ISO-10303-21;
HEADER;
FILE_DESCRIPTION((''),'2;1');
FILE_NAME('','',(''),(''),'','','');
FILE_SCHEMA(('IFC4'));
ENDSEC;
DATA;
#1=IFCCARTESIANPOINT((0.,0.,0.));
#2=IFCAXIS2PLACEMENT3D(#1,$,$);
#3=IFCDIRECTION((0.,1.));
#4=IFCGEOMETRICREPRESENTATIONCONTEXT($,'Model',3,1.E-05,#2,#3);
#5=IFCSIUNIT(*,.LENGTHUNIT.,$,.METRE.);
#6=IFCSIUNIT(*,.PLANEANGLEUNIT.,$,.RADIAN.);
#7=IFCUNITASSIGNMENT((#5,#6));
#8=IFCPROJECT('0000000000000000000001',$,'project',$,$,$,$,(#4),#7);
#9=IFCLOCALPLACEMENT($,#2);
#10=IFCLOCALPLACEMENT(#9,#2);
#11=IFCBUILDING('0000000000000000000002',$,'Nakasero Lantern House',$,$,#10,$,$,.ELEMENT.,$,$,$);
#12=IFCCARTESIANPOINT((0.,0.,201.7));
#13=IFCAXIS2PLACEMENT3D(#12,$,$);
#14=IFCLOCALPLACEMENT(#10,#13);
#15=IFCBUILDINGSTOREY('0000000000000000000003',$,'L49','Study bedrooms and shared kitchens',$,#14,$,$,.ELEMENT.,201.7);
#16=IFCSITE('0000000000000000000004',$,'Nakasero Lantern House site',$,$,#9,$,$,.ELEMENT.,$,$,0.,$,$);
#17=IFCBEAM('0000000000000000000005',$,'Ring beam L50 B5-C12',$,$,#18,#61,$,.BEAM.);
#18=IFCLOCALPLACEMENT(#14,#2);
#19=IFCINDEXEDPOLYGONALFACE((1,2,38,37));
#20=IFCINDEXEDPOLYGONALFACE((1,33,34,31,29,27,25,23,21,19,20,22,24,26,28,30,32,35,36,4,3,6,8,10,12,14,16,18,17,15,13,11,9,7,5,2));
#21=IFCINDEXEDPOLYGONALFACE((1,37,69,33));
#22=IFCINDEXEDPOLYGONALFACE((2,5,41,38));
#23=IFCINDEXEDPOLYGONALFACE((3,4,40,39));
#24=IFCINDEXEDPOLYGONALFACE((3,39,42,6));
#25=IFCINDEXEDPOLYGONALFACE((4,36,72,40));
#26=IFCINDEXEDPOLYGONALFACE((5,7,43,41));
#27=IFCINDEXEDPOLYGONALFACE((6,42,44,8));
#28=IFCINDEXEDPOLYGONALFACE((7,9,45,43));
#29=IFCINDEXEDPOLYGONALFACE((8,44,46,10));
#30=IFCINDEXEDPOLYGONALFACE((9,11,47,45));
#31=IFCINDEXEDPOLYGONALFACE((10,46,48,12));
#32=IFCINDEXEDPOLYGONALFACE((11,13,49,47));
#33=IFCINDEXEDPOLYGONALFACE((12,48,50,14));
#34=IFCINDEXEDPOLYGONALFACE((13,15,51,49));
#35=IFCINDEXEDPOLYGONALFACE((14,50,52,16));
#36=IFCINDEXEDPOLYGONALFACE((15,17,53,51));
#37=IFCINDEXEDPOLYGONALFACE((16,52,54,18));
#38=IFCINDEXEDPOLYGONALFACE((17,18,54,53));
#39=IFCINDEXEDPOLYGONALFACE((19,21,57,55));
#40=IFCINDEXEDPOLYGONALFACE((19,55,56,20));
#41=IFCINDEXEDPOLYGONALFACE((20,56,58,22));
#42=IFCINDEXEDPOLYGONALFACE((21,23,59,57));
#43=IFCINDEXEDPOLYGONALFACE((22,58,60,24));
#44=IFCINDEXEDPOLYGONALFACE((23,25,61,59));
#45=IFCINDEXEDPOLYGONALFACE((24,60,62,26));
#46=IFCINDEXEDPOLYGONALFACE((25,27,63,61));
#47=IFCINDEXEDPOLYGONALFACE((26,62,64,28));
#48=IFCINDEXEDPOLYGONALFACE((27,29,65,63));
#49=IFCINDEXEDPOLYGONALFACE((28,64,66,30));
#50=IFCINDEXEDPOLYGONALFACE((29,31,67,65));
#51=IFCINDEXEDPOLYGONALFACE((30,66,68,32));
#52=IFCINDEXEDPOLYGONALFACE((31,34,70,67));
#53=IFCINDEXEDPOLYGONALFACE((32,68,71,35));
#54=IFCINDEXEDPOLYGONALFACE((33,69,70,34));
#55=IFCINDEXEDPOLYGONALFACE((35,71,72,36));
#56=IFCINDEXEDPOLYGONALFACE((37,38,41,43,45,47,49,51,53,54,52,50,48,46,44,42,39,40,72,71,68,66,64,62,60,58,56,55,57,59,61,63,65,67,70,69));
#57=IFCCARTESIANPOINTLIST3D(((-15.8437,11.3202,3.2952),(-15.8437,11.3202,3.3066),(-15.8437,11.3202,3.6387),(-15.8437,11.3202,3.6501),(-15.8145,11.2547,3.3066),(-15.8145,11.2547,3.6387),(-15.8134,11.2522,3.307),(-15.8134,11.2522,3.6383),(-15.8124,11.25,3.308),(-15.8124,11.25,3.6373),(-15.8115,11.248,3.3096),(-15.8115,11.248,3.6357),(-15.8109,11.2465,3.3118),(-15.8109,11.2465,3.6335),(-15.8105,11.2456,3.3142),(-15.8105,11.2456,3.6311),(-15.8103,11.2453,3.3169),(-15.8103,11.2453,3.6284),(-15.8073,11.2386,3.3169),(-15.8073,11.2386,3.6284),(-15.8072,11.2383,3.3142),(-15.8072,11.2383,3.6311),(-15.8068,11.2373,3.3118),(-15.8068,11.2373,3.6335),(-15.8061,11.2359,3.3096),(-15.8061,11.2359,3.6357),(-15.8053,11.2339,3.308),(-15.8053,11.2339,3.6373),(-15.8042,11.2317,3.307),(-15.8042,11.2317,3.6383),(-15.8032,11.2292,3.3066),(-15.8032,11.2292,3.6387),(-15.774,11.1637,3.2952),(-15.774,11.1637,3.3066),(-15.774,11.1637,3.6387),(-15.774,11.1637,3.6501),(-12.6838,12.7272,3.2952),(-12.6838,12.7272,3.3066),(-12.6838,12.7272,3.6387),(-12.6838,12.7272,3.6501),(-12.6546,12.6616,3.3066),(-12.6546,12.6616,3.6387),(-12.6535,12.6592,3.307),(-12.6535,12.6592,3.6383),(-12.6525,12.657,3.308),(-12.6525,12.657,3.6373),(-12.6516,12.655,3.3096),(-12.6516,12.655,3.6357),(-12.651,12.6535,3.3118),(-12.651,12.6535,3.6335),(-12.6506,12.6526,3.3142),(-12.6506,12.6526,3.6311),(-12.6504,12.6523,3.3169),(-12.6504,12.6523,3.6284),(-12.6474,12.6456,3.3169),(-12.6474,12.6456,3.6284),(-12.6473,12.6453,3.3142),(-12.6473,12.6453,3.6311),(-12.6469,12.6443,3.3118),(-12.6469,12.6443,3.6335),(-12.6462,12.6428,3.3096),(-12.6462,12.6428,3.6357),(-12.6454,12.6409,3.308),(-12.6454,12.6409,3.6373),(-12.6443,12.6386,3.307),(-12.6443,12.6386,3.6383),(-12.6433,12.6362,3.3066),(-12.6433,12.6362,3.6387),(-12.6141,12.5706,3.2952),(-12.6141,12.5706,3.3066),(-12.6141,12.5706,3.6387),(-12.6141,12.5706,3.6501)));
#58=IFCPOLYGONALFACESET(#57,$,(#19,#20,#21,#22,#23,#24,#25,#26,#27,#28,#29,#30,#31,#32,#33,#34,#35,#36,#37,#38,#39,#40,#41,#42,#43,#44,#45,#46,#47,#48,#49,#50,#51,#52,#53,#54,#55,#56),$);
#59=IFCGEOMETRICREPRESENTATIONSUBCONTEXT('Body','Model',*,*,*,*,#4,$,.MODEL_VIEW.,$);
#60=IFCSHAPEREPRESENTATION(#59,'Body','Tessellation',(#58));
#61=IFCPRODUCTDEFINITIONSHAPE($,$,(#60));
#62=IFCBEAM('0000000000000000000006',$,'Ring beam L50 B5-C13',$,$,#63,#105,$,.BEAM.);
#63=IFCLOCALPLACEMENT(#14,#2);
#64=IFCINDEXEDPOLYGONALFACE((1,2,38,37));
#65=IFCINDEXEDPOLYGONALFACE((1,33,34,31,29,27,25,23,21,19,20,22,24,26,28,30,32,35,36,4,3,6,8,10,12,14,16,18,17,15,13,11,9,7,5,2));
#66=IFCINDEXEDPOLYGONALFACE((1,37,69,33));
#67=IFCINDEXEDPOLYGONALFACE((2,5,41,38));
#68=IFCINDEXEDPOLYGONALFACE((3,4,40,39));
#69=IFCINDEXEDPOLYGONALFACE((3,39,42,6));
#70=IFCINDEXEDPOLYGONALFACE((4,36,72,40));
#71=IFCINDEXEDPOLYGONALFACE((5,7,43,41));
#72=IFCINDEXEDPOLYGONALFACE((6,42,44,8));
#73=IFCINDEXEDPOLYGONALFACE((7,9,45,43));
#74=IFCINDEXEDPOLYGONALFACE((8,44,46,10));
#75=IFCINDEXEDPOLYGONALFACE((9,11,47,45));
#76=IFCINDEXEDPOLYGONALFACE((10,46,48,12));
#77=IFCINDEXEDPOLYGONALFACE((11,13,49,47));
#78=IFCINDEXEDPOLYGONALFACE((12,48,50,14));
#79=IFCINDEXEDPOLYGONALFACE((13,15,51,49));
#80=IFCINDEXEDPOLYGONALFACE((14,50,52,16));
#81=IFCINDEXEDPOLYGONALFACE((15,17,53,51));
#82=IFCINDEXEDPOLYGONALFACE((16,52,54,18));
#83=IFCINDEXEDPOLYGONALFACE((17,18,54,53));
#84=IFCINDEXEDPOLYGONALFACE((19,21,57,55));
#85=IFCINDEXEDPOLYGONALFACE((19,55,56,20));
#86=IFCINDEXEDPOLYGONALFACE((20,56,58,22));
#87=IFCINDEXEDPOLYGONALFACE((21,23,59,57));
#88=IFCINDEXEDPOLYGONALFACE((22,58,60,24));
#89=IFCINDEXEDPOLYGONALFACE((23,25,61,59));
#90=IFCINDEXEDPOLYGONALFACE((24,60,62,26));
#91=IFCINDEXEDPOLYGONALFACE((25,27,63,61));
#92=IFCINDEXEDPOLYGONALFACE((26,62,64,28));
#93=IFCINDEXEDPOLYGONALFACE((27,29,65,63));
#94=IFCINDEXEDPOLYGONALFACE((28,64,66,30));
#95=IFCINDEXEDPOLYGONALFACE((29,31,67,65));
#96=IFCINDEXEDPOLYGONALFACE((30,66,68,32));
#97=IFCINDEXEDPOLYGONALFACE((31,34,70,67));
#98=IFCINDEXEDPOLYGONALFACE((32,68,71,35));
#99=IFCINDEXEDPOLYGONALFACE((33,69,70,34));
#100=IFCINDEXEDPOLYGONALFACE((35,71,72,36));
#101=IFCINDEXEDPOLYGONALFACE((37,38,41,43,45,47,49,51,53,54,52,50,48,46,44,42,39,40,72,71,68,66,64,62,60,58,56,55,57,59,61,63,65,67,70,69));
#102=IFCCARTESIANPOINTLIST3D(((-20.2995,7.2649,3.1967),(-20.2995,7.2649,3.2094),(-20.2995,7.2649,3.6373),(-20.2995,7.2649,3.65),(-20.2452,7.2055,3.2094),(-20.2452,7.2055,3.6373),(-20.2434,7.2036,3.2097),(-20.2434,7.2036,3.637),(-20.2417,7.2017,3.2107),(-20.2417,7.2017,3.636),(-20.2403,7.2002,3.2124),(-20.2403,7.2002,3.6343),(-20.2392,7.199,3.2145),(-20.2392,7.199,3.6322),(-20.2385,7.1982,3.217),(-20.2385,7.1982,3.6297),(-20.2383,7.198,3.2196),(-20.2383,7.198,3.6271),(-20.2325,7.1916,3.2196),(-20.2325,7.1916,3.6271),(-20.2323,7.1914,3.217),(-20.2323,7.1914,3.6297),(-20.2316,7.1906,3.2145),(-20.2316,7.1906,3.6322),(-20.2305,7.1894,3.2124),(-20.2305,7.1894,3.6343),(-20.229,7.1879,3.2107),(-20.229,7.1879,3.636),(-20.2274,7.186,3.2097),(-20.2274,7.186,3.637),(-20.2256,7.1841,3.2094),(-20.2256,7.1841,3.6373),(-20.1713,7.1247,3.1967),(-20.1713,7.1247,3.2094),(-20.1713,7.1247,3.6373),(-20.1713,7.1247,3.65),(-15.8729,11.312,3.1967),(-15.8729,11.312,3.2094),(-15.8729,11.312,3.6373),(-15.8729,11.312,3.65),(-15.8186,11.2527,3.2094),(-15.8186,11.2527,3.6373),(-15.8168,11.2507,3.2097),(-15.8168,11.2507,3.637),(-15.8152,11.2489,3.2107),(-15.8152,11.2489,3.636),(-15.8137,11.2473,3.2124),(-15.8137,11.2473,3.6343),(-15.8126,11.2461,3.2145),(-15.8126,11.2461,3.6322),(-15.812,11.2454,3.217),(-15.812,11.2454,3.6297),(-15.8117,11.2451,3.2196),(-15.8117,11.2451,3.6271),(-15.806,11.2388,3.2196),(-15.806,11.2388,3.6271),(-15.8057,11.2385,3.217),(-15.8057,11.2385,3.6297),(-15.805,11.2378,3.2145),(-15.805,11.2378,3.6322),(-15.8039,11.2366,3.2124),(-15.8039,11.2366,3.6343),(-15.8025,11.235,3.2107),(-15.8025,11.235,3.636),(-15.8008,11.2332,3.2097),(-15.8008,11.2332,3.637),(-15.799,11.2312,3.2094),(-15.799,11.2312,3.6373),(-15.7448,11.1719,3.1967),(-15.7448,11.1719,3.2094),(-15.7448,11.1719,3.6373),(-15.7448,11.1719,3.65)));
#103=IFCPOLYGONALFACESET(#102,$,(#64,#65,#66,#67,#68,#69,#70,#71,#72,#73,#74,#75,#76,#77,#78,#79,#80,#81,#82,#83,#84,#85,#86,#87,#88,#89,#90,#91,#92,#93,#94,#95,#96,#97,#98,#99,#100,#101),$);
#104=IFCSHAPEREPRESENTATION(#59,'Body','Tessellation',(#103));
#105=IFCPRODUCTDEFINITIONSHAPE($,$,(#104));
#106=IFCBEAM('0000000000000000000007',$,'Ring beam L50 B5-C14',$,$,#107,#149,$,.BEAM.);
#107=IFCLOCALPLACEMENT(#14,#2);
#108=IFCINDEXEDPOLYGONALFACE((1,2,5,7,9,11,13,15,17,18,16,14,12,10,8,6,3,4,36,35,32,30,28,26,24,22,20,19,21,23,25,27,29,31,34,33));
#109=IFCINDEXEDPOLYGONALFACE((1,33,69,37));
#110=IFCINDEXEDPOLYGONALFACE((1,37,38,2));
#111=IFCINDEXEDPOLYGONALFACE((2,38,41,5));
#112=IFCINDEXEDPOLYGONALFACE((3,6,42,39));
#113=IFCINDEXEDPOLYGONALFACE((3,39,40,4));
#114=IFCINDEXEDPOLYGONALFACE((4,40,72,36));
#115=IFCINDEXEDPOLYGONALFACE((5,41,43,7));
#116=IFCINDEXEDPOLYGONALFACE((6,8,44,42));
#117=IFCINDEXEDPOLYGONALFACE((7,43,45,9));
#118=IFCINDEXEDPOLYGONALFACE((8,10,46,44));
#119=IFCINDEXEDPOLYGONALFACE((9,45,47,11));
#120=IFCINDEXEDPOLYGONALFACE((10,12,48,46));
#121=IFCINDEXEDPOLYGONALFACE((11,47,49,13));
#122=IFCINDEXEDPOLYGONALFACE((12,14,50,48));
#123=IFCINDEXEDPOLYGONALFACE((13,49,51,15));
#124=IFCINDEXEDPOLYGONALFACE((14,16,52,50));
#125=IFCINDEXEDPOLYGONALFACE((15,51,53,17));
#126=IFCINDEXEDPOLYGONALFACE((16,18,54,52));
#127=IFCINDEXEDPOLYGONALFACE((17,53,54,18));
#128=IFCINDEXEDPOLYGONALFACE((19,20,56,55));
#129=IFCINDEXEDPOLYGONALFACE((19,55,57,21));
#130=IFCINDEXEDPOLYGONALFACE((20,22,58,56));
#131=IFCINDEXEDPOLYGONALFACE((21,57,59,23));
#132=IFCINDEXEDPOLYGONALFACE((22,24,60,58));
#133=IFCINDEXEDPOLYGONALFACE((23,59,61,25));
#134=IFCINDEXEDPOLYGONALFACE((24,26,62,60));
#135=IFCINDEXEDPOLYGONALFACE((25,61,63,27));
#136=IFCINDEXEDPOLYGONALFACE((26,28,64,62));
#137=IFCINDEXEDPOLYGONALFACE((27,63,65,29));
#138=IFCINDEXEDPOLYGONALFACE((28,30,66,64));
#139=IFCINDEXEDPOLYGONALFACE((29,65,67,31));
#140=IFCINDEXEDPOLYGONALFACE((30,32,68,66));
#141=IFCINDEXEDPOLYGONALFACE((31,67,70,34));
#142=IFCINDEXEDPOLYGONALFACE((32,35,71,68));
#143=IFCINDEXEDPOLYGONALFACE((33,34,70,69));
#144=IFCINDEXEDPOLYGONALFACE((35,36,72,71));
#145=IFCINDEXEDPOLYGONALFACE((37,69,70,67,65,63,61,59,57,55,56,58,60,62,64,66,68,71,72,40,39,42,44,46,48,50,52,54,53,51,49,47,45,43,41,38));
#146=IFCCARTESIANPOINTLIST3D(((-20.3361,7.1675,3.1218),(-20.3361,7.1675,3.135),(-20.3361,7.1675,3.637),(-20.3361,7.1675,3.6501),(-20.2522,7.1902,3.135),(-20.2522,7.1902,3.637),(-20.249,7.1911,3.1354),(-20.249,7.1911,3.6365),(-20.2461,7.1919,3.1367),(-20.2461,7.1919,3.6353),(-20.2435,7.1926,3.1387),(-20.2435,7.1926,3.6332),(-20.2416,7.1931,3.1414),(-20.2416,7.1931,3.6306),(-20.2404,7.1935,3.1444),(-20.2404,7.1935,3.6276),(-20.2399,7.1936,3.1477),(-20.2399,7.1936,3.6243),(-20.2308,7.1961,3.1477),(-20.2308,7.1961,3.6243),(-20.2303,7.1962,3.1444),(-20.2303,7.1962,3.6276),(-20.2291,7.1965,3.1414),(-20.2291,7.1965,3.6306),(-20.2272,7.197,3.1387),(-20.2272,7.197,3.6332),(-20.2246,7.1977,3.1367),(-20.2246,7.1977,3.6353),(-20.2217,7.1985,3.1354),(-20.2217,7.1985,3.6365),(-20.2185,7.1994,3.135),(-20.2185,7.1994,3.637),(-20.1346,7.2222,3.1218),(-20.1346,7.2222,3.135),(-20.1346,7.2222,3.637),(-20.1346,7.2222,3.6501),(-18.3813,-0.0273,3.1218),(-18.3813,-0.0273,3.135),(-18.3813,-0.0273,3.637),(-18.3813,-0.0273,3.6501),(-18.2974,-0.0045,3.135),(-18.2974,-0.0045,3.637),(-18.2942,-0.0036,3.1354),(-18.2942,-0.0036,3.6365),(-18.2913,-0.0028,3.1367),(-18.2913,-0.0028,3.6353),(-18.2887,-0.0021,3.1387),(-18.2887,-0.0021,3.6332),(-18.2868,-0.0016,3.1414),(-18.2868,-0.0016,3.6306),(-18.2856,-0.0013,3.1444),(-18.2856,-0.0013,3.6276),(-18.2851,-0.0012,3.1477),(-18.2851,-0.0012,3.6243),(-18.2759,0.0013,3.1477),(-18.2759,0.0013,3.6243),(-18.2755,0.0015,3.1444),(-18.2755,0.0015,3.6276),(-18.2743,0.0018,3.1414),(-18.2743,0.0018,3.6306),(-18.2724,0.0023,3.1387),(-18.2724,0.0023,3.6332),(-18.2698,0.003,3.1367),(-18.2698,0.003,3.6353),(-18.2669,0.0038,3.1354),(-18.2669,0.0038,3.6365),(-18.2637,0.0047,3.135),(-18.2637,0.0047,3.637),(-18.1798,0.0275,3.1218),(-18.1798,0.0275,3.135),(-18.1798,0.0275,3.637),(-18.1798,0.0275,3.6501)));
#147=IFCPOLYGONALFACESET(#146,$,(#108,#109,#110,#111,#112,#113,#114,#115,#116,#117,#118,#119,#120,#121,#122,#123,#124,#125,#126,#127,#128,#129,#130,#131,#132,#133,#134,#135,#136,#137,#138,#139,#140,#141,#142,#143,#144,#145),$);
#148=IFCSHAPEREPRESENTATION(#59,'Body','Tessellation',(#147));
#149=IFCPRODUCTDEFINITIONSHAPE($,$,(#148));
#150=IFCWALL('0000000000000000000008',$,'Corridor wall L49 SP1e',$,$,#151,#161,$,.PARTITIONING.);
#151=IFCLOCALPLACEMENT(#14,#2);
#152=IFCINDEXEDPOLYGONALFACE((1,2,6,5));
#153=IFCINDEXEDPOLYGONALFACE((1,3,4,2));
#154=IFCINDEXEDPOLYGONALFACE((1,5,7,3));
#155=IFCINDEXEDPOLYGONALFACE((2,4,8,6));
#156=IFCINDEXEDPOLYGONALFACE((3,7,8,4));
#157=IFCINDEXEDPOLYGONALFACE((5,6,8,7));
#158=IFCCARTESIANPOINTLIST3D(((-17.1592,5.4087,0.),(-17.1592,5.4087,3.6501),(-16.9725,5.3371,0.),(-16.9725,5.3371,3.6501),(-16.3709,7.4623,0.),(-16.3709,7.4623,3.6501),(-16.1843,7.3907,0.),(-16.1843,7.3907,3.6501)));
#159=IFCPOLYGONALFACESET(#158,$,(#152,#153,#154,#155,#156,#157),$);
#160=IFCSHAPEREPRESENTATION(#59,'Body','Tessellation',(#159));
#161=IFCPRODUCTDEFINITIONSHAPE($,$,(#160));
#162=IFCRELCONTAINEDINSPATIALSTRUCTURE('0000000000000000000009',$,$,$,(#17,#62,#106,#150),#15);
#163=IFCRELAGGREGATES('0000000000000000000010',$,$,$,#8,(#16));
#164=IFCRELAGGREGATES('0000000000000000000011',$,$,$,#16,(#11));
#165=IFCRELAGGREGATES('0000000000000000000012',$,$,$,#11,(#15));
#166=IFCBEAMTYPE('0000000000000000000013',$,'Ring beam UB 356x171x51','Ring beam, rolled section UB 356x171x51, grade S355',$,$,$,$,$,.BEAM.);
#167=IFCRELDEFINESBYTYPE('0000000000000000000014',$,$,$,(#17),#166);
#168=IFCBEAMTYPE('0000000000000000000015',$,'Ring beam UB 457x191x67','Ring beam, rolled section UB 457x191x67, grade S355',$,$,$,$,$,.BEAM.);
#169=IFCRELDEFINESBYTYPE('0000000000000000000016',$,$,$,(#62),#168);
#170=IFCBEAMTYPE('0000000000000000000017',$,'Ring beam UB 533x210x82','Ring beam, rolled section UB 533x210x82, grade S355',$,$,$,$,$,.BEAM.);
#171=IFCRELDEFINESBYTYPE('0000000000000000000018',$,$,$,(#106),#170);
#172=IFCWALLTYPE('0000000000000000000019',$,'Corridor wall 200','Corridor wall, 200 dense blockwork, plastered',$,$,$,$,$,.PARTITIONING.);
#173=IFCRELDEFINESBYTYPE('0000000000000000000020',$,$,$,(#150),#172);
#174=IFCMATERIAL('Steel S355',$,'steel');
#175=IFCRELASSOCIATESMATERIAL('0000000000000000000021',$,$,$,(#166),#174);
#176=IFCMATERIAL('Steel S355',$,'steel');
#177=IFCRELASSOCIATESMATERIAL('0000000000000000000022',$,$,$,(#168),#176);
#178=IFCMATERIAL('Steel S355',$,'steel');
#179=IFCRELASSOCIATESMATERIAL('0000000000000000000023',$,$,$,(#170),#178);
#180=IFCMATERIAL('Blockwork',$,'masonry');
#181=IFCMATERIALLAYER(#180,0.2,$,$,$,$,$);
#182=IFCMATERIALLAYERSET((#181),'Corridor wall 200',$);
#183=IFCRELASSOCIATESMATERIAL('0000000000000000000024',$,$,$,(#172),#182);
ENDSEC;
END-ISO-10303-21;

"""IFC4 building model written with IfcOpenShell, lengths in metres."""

from ifc_helpers import new_model, si_unit, direction, frame, frame_2d, origin, origin_2d, place, context, subcontext, project, spatial, rectangle, i_section, extrude, material, layer, layer_set, material_profile, profile_set, type_object, element, save


model = new_model("IFC4")

# Units and contexts
model_context = context("Model", 3, precision=1e-05, world=origin(), true_north=direction((0.0, 1.0)))
body_context = subcontext(model_context, "Body", "Model", "MODEL_VIEW")
ifc_project = project(units=[si_unit("LENGTHUNIT", "METRE"), si_unit("PLANEANGLEUNIT", "RADIAN")], contexts=[model_context])

# Site, building, storey
site_placement = place(None, origin())
site = spatial("IfcSite", under=ifc_project, at=site_placement, Name="Nakasero Lantern House site", CompositionType="ELEMENT", RefElevation=0.0)
building_placement = place(site_placement, origin())
building = spatial("IfcBuilding", under=site, at=building_placement, Name="Nakasero Lantern House", CompositionType="ELEMENT")
storey_placement = place(building_placement, frame((0.0, 0.0, 201.7)))
storey = spatial("IfcBuildingStorey", under=building, at=storey_placement, Name="L49", Description="Study bedrooms and shared kitchens", CompositionType="ELEMENT", Elevation=201.7)

# Beams
ifc_material_1 = material(Name="Steel S355", Category="steel")
ifc_material_profile_1 = material_profile(ifc_material_1, i_section(OverallWidth=0.1714, OverallDepth=0.355, WebThickness=0.0073, FlangeThickness=0.0115, FilletRadius=0.0103, at=origin_2d()), Name="UB 356x171x51")
ifc_profile_set_1 = profile_set([ifc_material_profile_1], Name="Steel S355")
beam_type_1 = type_object("IfcBeamType", Name="Ring beam UB 356x171x51", Description="Ring beam, rolled section UB 356x171x51, grade S355", PredefinedType="BEAM", material=ifc_profile_set_1)
beam_1_placement = place(storey_placement, frame((-12.6489, 12.6489, 3.4727), z_axis=(-0.913535, -0.406761, 0.0), x_axis=(0.406761, -0.913535, 0.0)))
element("IfcBeam", 1, at=beam_1_placement, inside=storey, type_object=beam_type_1, Name="Ring beam L50 B5-C12", PredefinedType="BEAM", context=body_context, shape_type="SweptSolid", body=[
    extrude(i_section(OverallWidth=0.1714, OverallDepth=0.355, WebThickness=0.0073, FlangeThickness=0.0115, FilletRadius=0.0103, at=origin_2d()), origin(), (0.0, 0.0, 1.0), 3.459),
])
ifc_material_2 = material(Name="Steel S355", Category="steel")
ifc_material_profile_2 = material_profile(ifc_material_2, i_section(OverallWidth=0.1899, OverallDepth=0.4534, WebThickness=0.0085, FlangeThickness=0.0127, FilletRadius=0.0103, at=origin_2d()), Name="UB 457x191x67")
ifc_profile_set_2 = profile_set([ifc_material_profile_2], Name="Steel S355")
beam_type_2 = type_object("IfcBeamType", Name="Ring beam UB 457x191x67", Description="Ring beam, rolled section UB 457x191x67, grade S355", PredefinedType="BEAM", material=ifc_profile_set_2)
beam_2_placement = place(storey_placement, frame((-15.8088, 11.2419, 3.4233), z_axis=(-0.738027, -0.674771, 0.0), x_axis=(0.674771, -0.738027, 0.0)))
element("IfcBeam", 2, at=beam_2_placement, inside=storey, type_object=beam_type_2, Name="Ring beam L50 B5-C13", PredefinedType="BEAM", context=body_context, shape_type="SweptSolid", body=[
    extrude(i_section(OverallWidth=0.1899, OverallDepth=0.4534, WebThickness=0.0085, FlangeThickness=0.0127, FilletRadius=0.0103, at=origin_2d()), origin(), (0.0, 0.0, 1.0), 5.9978),
])
ifc_material_3 = material(Name="Steel S355", Category="steel")
ifc_material_profile_3 = material_profile(ifc_material_3, i_section(OverallWidth=0.2087, OverallDepth=0.5283, WebThickness=0.0095, FlangeThickness=0.0132, FilletRadius=0.0127, at=origin_2d()), Name="UB 533x210x82")
ifc_profile_set_3 = profile_set([ifc_material_profile_3], Name="Steel S355")
beam_type_3 = type_object("IfcBeamType", Name="Ring beam UB 533x210x82", Description="Ring beam, rolled section UB 533x210x82, grade S355", PredefinedType="BEAM", material=ifc_profile_set_3)
beam_3_placement = place(storey_placement, frame((-20.2354, 7.1948, 3.386), z_axis=(0.262195, -0.965015, 0.0), x_axis=(0.965015, 0.262195, 0.0)))
element("IfcBeam", 3, at=beam_3_placement, inside=storey, type_object=beam_type_3, Name="Ring beam L50 B5-C14", PredefinedType="BEAM", context=body_context, shape_type="SweptSolid", body=[
    extrude(i_section(OverallWidth=0.2087, OverallDepth=0.5283, WebThickness=0.0095, FlangeThickness=0.0132, FilletRadius=0.0127, at=origin_2d()), origin(), (0.0, 0.0, 1.0), 7.4556),
])

# Wall
ifc_material_4 = material(Name="Blockwork", Category="masonry")
ifc_layer_1 = layer(ifc_material_4, 0.2)
ifc_layer_set_1 = layer_set([ifc_layer_1], Name="Corridor wall 200")
wall_type_1 = type_object("IfcWallType", Name="Corridor wall 200", Description="Corridor wall, 200 dense blockwork, plastered", PredefinedType="PARTITIONING", material=ifc_layer_set_1)
wall_1_placement = place(storey_placement, frame((-16.2776, 7.4265, 0.0), z_axis=(0.0, 0.0, 1.0), x_axis=(-0.358362, -0.933583, 0.0)))
element("IfcWall", 4, at=wall_1_placement, inside=storey, type_object=wall_type_1, Name="Corridor wall L49 SP1e", PredefinedType="PARTITIONING", context=body_context, shape_type="SweptSolid", body=[
    extrude(rectangle(XDim=2.1997, YDim=0.2, at=frame_2d((1.0999, 0.0))), origin(), (0.0, 0.0, 1.0), 3.6501),
])

save(model, "model.ifc")
